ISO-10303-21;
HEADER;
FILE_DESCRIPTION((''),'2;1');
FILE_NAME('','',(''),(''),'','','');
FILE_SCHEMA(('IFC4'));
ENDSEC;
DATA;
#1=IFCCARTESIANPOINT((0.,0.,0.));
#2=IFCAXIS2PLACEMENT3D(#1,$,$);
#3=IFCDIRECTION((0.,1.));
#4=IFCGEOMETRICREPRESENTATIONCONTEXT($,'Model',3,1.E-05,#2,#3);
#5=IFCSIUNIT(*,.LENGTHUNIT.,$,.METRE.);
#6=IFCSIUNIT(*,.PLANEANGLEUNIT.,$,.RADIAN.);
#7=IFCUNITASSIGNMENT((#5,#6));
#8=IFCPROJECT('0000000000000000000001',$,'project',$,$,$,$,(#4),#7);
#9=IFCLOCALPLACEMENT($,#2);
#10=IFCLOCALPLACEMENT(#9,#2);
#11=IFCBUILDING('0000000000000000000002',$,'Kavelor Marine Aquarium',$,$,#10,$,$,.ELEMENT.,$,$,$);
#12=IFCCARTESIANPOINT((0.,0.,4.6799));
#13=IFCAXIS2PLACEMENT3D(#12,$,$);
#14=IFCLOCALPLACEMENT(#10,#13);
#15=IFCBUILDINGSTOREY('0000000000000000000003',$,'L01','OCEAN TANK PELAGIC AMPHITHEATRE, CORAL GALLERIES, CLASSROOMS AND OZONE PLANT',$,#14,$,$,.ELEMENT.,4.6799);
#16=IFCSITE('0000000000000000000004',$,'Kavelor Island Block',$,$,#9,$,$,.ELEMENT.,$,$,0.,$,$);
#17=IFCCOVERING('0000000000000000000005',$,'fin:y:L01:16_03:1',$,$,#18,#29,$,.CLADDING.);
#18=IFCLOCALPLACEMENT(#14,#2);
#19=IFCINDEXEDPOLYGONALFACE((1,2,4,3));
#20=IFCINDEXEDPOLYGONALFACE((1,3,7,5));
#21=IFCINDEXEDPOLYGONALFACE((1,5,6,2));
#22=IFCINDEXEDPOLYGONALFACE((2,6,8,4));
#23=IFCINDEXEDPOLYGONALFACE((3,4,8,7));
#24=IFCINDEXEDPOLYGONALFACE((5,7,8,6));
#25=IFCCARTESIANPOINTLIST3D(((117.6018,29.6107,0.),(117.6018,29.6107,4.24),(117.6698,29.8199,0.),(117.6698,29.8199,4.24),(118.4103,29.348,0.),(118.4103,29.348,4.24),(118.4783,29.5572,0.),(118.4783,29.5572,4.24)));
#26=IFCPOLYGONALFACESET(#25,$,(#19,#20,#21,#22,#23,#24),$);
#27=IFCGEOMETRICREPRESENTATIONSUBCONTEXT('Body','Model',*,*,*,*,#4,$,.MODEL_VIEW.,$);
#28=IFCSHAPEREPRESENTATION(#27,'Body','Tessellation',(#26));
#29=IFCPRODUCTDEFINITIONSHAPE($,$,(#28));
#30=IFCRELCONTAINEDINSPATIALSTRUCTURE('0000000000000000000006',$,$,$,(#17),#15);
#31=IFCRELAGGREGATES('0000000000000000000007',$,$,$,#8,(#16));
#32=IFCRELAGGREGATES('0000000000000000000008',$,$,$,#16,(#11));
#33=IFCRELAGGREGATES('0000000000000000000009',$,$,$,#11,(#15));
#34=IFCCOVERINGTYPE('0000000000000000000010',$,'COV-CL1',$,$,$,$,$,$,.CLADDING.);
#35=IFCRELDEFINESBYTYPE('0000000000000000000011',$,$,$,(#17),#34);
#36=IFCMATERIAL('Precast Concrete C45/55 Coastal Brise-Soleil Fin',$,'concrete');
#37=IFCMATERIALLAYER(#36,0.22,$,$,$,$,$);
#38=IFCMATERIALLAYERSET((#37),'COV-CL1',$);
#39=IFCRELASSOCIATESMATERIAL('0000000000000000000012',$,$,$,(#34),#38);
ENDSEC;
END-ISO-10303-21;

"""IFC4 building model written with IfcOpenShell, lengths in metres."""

from ifc_helpers import new_model, si_unit, direction, frame, origin, origin_2d, place, context, subcontext, project, spatial, rectangle, extrude, material, layer, layer_set, type_object, element, save


model = new_model("IFC4")

# Units and contexts
model_context = context("Model", 3, precision=1e-05, world=origin(), true_north=direction((0.0, 1.0)))
body_context = subcontext(model_context, "Body", "Model", "MODEL_VIEW")
ifc_project = project(units=[si_unit("LENGTHUNIT", "METRE"), si_unit("PLANEANGLEUNIT", "RADIAN")], contexts=[model_context])

# Site, building, storey
site_placement = place(None, origin())
site = spatial("IfcSite", under=ifc_project, at=site_placement, Name="Kavelor Island Block", CompositionType="ELEMENT", RefElevation=0.0)
building_placement = place(site_placement, origin())
building = spatial("IfcBuilding", under=site, at=building_placement, Name="Kavelor Marine Aquarium", CompositionType="ELEMENT")
storey_placement = place(building_placement, frame((0.0, 0.0, 4.6799)))
storey = spatial("IfcBuildingStorey", under=building, at=storey_placement, Name="L01", Description="OCEAN TANK PELAGIC AMPHITHEATRE, CORAL GALLERIES, CLASSROOMS AND OZONE PLANT", CompositionType="ELEMENT", Elevation=4.6799)

# Covering
ifc_material_1 = material(Name="Precast Concrete C45/55 Coastal Brise-Soleil Fin", Category="concrete")
ifc_layer_1 = layer(ifc_material_1, 0.22)
ifc_layer_set_1 = layer_set([ifc_layer_1], Name="COV-CL1")
covering_type = type_object("IfcCoveringType", Name="COV-CL1", PredefinedType="CLADDING", material=ifc_layer_set_1)
covering_placement = place(storey_placement, frame((118.04, 29.584, 0.0), z_axis=(0.0, 0.0, 1.0), x_axis=(0.951057, -0.309017, 0.0)))
element("IfcCovering", 1, at=covering_placement, inside=storey, type_object=covering_type, Name="fin:y:L01:16_03:1", PredefinedType="CLADDING", context=body_context, shape_type="SweptSolid", body=[
    extrude(rectangle(XDim=0.8501, YDim=0.22, at=origin_2d()), origin(), (0.0, 0.0, 1.0), 4.24),
])

save(model, "model.ifc")
